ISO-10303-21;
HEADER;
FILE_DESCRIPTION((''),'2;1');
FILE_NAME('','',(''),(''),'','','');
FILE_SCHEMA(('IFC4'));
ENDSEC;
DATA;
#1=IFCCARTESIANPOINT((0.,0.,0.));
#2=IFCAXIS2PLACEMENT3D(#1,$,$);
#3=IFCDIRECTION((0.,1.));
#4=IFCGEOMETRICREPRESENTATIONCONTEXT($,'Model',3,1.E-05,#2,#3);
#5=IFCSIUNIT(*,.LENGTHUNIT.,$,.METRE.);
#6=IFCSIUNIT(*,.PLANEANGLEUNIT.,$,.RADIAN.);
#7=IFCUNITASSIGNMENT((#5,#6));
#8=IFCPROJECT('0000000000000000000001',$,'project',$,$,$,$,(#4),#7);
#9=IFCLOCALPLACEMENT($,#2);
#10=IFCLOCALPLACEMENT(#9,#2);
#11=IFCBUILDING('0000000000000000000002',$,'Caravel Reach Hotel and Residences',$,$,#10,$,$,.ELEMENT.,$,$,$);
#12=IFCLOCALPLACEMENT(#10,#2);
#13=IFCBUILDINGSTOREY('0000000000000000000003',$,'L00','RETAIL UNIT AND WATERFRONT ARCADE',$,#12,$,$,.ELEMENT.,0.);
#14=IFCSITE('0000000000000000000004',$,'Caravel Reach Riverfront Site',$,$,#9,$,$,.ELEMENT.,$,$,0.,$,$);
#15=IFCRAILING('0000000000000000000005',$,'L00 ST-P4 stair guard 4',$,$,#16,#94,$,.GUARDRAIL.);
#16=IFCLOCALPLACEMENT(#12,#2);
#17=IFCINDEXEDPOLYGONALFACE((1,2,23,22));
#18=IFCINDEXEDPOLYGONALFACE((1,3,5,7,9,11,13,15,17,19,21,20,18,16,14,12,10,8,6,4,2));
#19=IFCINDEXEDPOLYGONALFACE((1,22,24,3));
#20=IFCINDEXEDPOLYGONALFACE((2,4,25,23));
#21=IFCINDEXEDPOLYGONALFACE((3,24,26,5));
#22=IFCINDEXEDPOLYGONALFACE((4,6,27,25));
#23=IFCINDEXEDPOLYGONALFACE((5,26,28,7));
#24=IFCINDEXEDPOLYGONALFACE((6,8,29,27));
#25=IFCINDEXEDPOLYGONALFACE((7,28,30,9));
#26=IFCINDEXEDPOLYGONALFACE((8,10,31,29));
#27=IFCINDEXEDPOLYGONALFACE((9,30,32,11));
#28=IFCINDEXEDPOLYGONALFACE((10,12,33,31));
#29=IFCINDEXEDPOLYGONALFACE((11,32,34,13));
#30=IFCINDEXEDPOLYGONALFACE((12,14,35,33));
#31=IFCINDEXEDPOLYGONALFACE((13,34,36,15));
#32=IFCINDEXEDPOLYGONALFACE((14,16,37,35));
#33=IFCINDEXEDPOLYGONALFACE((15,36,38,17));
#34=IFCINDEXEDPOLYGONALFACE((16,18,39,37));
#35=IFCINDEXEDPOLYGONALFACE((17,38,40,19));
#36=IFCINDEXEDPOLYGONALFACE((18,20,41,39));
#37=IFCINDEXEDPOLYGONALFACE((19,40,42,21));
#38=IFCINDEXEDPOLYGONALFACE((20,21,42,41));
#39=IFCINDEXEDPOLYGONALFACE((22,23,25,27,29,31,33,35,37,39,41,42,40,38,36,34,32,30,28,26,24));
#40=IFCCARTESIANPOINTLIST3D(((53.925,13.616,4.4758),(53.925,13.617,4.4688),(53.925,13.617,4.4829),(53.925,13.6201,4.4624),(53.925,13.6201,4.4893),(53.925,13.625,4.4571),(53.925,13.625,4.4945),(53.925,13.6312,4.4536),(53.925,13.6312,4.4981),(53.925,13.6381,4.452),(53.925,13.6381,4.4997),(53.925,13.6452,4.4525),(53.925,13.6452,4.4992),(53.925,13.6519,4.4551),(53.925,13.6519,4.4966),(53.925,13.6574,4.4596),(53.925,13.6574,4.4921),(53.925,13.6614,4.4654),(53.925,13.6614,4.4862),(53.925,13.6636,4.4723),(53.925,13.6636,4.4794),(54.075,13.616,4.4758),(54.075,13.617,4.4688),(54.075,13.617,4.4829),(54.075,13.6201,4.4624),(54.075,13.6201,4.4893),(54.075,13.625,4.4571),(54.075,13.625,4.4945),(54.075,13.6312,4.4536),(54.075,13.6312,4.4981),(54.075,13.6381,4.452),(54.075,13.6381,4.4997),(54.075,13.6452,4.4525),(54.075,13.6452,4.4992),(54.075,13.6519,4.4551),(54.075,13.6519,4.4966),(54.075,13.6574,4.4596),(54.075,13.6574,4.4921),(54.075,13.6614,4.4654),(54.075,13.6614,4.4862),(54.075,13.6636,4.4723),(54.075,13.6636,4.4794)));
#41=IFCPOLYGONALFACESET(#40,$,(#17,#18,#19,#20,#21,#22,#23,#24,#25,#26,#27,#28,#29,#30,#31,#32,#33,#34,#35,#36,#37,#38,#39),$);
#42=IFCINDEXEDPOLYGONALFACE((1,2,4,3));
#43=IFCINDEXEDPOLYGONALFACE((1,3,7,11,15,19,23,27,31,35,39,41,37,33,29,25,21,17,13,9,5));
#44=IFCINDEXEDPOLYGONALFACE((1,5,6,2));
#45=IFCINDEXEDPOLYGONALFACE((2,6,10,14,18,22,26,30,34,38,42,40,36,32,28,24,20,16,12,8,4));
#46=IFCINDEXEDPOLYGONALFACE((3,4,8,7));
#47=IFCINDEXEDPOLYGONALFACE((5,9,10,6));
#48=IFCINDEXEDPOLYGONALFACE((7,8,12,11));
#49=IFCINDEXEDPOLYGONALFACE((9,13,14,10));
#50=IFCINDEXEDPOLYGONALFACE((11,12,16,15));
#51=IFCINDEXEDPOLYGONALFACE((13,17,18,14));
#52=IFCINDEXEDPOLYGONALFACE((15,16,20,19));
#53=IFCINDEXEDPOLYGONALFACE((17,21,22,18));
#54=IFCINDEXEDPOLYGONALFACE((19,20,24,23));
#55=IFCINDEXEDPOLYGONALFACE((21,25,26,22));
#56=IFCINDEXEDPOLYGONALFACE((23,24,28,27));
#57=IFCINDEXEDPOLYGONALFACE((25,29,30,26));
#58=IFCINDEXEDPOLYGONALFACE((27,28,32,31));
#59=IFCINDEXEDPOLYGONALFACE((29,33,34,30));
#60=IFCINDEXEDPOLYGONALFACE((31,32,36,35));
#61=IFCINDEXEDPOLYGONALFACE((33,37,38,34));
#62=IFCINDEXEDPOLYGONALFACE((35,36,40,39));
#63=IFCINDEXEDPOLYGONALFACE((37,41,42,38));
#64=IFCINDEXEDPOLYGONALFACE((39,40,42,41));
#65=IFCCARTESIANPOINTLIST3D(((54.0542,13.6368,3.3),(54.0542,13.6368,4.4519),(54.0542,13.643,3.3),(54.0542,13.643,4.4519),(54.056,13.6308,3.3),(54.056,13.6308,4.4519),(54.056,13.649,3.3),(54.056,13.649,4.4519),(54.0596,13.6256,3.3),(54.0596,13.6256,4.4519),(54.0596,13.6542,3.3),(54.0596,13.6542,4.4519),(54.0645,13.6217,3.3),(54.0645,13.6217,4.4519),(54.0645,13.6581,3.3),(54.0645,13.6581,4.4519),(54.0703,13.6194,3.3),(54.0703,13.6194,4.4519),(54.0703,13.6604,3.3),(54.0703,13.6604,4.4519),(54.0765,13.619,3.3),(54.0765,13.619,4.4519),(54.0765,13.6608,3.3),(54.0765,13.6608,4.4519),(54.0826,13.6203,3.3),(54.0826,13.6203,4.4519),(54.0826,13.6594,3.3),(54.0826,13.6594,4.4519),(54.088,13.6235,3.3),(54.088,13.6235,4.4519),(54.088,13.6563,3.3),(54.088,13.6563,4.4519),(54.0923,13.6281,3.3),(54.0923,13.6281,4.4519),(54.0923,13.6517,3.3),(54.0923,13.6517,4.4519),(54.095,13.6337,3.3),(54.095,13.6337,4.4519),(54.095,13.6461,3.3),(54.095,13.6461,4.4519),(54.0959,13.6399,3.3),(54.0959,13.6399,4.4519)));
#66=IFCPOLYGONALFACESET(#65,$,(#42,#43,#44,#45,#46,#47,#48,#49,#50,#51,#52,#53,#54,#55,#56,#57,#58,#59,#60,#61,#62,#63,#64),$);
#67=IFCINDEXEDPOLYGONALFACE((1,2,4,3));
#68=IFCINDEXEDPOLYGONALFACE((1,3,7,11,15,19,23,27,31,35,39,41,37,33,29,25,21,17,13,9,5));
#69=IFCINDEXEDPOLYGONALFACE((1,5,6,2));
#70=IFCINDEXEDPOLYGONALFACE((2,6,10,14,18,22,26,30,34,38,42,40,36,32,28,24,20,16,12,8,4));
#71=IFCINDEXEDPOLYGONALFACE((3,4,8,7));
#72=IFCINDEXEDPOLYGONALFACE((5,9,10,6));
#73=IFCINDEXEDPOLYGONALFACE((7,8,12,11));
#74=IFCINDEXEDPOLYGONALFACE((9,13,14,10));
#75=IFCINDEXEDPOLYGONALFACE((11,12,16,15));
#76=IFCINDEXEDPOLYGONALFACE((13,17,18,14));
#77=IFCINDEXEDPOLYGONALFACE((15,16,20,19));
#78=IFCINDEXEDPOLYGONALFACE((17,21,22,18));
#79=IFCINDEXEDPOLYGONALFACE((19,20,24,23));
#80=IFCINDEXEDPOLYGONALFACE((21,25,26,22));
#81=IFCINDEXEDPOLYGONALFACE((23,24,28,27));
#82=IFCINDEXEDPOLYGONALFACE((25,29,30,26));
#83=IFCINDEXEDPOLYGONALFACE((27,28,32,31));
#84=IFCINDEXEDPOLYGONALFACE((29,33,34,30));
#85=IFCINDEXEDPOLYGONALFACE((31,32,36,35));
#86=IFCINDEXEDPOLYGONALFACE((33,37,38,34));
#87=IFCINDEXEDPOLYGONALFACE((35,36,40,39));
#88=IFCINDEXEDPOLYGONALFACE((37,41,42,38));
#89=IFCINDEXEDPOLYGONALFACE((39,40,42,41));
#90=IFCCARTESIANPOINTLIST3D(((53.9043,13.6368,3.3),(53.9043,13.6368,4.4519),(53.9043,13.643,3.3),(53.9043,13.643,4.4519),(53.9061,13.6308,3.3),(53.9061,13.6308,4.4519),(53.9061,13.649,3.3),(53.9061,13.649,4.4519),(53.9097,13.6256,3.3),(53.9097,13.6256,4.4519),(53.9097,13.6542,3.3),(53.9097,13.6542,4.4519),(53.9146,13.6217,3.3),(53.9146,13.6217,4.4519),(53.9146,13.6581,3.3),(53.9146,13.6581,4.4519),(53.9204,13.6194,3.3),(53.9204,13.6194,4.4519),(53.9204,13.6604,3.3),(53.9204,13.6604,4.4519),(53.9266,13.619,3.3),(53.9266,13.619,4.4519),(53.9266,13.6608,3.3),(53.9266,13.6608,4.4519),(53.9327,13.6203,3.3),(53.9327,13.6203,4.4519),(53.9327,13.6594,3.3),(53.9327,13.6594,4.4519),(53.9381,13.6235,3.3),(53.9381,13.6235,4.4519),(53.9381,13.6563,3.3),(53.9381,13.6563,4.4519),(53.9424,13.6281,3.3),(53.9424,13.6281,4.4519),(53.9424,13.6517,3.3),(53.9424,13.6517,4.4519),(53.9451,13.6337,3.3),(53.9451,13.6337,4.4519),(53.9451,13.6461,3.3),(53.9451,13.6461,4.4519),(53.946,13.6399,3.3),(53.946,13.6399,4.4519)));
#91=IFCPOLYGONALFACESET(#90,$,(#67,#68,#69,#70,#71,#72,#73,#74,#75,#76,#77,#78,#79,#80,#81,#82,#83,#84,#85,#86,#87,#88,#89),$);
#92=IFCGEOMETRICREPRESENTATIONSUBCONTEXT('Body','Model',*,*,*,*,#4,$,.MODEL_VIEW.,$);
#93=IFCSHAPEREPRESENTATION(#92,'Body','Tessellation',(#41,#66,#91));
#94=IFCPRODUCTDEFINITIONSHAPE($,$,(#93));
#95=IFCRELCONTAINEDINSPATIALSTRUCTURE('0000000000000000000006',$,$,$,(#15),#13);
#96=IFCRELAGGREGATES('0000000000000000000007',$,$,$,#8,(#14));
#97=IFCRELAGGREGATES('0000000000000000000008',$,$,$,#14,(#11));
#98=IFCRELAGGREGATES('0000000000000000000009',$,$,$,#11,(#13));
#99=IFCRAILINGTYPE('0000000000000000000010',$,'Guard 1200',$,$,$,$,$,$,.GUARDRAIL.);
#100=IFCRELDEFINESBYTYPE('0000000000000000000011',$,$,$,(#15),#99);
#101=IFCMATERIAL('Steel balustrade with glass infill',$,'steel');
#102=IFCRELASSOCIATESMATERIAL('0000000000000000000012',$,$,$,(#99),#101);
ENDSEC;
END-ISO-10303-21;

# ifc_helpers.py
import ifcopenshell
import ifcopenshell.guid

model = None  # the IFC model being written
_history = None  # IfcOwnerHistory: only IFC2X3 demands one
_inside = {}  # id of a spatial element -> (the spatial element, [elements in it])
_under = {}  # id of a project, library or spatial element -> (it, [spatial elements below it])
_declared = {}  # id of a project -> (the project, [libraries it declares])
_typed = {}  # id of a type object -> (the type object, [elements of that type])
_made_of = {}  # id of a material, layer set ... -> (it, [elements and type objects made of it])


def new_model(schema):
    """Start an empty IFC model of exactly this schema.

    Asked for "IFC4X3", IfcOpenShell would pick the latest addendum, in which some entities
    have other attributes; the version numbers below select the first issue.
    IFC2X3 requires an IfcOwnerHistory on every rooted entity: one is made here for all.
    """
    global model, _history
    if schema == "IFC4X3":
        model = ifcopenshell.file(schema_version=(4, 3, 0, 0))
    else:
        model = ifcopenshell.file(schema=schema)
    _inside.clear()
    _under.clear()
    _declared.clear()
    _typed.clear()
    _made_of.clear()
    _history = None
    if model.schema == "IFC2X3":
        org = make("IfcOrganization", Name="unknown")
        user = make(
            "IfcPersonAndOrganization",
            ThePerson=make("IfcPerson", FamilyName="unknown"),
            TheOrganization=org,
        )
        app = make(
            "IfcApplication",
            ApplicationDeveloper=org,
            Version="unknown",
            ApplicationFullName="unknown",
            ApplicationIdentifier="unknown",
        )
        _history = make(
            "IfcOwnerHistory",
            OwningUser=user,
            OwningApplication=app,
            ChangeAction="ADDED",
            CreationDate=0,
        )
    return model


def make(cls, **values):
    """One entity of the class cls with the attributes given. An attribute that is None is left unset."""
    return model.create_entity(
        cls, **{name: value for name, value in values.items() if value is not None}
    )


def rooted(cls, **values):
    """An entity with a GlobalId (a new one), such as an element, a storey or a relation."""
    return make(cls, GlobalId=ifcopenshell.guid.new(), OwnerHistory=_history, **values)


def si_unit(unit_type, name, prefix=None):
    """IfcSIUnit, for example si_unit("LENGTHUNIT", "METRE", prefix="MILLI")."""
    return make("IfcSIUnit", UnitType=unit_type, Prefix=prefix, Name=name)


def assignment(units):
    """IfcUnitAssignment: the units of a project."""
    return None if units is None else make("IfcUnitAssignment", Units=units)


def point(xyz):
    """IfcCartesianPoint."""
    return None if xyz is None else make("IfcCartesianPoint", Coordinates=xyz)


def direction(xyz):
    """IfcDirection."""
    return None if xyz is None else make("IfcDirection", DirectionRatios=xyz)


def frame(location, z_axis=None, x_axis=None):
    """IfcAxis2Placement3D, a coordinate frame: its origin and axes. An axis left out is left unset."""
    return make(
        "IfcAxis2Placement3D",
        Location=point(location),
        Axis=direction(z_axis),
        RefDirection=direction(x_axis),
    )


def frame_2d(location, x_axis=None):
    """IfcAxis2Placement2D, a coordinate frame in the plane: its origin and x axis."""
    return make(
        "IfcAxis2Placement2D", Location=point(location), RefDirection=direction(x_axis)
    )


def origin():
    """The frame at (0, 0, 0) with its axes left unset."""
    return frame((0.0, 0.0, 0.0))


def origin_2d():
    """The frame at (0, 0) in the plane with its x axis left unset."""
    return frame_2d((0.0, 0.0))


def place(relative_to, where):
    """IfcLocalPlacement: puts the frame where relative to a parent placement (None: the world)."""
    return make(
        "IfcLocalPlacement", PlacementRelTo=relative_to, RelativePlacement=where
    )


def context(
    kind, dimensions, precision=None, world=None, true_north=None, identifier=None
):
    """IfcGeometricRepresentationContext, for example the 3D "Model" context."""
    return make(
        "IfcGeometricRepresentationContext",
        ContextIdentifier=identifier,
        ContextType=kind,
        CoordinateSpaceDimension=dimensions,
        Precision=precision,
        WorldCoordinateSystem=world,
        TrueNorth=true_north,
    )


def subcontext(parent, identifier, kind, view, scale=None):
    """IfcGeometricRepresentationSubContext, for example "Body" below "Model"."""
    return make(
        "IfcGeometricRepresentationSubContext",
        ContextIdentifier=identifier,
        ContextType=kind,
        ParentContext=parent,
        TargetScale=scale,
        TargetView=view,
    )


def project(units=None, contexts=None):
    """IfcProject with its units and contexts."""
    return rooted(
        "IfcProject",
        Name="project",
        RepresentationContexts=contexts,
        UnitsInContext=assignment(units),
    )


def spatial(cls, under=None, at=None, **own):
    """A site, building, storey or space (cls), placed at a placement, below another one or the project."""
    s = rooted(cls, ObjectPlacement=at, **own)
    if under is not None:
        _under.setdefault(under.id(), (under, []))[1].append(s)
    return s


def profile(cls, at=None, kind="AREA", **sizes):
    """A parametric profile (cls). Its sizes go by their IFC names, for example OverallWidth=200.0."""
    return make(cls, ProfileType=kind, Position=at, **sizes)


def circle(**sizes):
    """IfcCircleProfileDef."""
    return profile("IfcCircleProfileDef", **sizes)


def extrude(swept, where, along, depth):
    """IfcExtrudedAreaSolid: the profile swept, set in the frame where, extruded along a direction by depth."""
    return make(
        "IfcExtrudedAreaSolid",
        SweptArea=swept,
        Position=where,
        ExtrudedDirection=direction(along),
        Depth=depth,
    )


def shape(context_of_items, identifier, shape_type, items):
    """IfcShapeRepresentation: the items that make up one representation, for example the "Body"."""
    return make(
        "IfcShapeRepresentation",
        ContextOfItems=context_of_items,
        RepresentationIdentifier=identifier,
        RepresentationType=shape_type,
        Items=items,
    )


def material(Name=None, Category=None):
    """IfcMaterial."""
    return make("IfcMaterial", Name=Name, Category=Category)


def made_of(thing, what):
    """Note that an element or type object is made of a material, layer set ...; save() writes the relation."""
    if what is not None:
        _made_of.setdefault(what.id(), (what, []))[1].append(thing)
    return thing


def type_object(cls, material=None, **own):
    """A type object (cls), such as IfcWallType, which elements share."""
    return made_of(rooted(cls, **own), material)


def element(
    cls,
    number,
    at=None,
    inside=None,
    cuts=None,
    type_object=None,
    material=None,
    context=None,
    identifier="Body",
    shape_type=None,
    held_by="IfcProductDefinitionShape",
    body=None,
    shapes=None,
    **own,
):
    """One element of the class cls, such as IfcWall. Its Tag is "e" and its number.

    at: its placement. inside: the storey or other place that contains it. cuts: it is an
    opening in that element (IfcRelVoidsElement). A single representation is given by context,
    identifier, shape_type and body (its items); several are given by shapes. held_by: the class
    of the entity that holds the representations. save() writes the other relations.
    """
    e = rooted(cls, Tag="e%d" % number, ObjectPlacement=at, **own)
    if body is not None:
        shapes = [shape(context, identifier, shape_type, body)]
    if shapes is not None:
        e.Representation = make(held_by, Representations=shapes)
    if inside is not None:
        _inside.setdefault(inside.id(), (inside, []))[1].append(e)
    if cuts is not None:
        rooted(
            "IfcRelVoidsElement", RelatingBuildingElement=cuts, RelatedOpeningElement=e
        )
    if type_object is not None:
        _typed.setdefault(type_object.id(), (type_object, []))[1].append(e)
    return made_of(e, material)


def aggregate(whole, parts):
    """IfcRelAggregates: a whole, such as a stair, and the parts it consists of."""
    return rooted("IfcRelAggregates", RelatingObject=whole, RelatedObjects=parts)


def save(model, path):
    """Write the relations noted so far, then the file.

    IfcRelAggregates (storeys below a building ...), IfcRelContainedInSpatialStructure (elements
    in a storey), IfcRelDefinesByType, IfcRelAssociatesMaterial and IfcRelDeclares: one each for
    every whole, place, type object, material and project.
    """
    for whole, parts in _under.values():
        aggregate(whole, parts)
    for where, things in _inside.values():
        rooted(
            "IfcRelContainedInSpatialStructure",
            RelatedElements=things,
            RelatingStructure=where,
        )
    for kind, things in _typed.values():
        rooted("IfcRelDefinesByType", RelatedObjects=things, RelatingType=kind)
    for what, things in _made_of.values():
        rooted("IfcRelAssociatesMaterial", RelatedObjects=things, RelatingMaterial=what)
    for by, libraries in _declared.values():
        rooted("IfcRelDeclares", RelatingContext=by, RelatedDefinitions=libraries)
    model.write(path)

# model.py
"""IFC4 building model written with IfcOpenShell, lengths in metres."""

from ifc_helpers import new_model, si_unit, direction, frame, origin, origin_2d, place, context, subcontext, project, spatial, circle, extrude, material, type_object, element, save


model = new_model("IFC4")

# Units and contexts
model_context = context("Model", 3, precision=1e-05, world=origin(), true_north=direction((0.0, 1.0)))
body_context = subcontext(model_context, "Body", "Model", "MODEL_VIEW")
ifc_project = project(units=[si_unit("LENGTHUNIT", "METRE"), si_unit("PLANEANGLEUNIT", "RADIAN")], contexts=[model_context])

# Site, building, storey
site_placement = place(None, origin())
site = spatial("IfcSite", under=ifc_project, at=site_placement, Name="Caravel Reach Riverfront Site", CompositionType="ELEMENT", RefElevation=0.0)
building_placement = place(site_placement, origin())
building = spatial("IfcBuilding", under=site, at=building_placement, Name="Caravel Reach Hotel and Residences", CompositionType="ELEMENT")
storey_placement = place(building_placement, origin())
storey = spatial("IfcBuildingStorey", under=building, at=storey_placement, Name="L00", Description="RETAIL UNIT AND WATERFRONT ARCADE", CompositionType="ELEMENT", Elevation=0.0)

# Railing
ifc_material_1 = material(Name="Steel balustrade with glass infill", Category="steel")
railing_type = type_object("IfcRailingType", Name="Guard 1200", PredefinedType="GUARDRAIL", material=ifc_material_1)
railing_placement = place(storey_placement, frame((54.075, 13.6399, 3.3)))
element("IfcRailing", 1, at=railing_placement, inside=storey, type_object=railing_type, Name="L00 ST-P4 stair guard 4", PredefinedType="GUARDRAIL", context=body_context, shape_type="SweptSolid", body=[
    extrude(circle(Radius=0.0239, at=origin_2d()), frame((0.0, 0.0, 1.1758), z_axis=(-1.0, 0.0, 0.0), x_axis=(0.0, -1.0, 0.0)), (0.0, 0.0, 1.0), 0.1499),
    extrude(circle(Radius=0.021, at=origin_2d()), origin(), (0.0, 0.0, 1.0), 1.1519),
    extrude(circle(Radius=0.021, at=origin_2d()), frame((-0.1499, 0.0, 0.0)), (0.0, 0.0, 1.0), 1.1519),
])

save(model, "model.ifc")
